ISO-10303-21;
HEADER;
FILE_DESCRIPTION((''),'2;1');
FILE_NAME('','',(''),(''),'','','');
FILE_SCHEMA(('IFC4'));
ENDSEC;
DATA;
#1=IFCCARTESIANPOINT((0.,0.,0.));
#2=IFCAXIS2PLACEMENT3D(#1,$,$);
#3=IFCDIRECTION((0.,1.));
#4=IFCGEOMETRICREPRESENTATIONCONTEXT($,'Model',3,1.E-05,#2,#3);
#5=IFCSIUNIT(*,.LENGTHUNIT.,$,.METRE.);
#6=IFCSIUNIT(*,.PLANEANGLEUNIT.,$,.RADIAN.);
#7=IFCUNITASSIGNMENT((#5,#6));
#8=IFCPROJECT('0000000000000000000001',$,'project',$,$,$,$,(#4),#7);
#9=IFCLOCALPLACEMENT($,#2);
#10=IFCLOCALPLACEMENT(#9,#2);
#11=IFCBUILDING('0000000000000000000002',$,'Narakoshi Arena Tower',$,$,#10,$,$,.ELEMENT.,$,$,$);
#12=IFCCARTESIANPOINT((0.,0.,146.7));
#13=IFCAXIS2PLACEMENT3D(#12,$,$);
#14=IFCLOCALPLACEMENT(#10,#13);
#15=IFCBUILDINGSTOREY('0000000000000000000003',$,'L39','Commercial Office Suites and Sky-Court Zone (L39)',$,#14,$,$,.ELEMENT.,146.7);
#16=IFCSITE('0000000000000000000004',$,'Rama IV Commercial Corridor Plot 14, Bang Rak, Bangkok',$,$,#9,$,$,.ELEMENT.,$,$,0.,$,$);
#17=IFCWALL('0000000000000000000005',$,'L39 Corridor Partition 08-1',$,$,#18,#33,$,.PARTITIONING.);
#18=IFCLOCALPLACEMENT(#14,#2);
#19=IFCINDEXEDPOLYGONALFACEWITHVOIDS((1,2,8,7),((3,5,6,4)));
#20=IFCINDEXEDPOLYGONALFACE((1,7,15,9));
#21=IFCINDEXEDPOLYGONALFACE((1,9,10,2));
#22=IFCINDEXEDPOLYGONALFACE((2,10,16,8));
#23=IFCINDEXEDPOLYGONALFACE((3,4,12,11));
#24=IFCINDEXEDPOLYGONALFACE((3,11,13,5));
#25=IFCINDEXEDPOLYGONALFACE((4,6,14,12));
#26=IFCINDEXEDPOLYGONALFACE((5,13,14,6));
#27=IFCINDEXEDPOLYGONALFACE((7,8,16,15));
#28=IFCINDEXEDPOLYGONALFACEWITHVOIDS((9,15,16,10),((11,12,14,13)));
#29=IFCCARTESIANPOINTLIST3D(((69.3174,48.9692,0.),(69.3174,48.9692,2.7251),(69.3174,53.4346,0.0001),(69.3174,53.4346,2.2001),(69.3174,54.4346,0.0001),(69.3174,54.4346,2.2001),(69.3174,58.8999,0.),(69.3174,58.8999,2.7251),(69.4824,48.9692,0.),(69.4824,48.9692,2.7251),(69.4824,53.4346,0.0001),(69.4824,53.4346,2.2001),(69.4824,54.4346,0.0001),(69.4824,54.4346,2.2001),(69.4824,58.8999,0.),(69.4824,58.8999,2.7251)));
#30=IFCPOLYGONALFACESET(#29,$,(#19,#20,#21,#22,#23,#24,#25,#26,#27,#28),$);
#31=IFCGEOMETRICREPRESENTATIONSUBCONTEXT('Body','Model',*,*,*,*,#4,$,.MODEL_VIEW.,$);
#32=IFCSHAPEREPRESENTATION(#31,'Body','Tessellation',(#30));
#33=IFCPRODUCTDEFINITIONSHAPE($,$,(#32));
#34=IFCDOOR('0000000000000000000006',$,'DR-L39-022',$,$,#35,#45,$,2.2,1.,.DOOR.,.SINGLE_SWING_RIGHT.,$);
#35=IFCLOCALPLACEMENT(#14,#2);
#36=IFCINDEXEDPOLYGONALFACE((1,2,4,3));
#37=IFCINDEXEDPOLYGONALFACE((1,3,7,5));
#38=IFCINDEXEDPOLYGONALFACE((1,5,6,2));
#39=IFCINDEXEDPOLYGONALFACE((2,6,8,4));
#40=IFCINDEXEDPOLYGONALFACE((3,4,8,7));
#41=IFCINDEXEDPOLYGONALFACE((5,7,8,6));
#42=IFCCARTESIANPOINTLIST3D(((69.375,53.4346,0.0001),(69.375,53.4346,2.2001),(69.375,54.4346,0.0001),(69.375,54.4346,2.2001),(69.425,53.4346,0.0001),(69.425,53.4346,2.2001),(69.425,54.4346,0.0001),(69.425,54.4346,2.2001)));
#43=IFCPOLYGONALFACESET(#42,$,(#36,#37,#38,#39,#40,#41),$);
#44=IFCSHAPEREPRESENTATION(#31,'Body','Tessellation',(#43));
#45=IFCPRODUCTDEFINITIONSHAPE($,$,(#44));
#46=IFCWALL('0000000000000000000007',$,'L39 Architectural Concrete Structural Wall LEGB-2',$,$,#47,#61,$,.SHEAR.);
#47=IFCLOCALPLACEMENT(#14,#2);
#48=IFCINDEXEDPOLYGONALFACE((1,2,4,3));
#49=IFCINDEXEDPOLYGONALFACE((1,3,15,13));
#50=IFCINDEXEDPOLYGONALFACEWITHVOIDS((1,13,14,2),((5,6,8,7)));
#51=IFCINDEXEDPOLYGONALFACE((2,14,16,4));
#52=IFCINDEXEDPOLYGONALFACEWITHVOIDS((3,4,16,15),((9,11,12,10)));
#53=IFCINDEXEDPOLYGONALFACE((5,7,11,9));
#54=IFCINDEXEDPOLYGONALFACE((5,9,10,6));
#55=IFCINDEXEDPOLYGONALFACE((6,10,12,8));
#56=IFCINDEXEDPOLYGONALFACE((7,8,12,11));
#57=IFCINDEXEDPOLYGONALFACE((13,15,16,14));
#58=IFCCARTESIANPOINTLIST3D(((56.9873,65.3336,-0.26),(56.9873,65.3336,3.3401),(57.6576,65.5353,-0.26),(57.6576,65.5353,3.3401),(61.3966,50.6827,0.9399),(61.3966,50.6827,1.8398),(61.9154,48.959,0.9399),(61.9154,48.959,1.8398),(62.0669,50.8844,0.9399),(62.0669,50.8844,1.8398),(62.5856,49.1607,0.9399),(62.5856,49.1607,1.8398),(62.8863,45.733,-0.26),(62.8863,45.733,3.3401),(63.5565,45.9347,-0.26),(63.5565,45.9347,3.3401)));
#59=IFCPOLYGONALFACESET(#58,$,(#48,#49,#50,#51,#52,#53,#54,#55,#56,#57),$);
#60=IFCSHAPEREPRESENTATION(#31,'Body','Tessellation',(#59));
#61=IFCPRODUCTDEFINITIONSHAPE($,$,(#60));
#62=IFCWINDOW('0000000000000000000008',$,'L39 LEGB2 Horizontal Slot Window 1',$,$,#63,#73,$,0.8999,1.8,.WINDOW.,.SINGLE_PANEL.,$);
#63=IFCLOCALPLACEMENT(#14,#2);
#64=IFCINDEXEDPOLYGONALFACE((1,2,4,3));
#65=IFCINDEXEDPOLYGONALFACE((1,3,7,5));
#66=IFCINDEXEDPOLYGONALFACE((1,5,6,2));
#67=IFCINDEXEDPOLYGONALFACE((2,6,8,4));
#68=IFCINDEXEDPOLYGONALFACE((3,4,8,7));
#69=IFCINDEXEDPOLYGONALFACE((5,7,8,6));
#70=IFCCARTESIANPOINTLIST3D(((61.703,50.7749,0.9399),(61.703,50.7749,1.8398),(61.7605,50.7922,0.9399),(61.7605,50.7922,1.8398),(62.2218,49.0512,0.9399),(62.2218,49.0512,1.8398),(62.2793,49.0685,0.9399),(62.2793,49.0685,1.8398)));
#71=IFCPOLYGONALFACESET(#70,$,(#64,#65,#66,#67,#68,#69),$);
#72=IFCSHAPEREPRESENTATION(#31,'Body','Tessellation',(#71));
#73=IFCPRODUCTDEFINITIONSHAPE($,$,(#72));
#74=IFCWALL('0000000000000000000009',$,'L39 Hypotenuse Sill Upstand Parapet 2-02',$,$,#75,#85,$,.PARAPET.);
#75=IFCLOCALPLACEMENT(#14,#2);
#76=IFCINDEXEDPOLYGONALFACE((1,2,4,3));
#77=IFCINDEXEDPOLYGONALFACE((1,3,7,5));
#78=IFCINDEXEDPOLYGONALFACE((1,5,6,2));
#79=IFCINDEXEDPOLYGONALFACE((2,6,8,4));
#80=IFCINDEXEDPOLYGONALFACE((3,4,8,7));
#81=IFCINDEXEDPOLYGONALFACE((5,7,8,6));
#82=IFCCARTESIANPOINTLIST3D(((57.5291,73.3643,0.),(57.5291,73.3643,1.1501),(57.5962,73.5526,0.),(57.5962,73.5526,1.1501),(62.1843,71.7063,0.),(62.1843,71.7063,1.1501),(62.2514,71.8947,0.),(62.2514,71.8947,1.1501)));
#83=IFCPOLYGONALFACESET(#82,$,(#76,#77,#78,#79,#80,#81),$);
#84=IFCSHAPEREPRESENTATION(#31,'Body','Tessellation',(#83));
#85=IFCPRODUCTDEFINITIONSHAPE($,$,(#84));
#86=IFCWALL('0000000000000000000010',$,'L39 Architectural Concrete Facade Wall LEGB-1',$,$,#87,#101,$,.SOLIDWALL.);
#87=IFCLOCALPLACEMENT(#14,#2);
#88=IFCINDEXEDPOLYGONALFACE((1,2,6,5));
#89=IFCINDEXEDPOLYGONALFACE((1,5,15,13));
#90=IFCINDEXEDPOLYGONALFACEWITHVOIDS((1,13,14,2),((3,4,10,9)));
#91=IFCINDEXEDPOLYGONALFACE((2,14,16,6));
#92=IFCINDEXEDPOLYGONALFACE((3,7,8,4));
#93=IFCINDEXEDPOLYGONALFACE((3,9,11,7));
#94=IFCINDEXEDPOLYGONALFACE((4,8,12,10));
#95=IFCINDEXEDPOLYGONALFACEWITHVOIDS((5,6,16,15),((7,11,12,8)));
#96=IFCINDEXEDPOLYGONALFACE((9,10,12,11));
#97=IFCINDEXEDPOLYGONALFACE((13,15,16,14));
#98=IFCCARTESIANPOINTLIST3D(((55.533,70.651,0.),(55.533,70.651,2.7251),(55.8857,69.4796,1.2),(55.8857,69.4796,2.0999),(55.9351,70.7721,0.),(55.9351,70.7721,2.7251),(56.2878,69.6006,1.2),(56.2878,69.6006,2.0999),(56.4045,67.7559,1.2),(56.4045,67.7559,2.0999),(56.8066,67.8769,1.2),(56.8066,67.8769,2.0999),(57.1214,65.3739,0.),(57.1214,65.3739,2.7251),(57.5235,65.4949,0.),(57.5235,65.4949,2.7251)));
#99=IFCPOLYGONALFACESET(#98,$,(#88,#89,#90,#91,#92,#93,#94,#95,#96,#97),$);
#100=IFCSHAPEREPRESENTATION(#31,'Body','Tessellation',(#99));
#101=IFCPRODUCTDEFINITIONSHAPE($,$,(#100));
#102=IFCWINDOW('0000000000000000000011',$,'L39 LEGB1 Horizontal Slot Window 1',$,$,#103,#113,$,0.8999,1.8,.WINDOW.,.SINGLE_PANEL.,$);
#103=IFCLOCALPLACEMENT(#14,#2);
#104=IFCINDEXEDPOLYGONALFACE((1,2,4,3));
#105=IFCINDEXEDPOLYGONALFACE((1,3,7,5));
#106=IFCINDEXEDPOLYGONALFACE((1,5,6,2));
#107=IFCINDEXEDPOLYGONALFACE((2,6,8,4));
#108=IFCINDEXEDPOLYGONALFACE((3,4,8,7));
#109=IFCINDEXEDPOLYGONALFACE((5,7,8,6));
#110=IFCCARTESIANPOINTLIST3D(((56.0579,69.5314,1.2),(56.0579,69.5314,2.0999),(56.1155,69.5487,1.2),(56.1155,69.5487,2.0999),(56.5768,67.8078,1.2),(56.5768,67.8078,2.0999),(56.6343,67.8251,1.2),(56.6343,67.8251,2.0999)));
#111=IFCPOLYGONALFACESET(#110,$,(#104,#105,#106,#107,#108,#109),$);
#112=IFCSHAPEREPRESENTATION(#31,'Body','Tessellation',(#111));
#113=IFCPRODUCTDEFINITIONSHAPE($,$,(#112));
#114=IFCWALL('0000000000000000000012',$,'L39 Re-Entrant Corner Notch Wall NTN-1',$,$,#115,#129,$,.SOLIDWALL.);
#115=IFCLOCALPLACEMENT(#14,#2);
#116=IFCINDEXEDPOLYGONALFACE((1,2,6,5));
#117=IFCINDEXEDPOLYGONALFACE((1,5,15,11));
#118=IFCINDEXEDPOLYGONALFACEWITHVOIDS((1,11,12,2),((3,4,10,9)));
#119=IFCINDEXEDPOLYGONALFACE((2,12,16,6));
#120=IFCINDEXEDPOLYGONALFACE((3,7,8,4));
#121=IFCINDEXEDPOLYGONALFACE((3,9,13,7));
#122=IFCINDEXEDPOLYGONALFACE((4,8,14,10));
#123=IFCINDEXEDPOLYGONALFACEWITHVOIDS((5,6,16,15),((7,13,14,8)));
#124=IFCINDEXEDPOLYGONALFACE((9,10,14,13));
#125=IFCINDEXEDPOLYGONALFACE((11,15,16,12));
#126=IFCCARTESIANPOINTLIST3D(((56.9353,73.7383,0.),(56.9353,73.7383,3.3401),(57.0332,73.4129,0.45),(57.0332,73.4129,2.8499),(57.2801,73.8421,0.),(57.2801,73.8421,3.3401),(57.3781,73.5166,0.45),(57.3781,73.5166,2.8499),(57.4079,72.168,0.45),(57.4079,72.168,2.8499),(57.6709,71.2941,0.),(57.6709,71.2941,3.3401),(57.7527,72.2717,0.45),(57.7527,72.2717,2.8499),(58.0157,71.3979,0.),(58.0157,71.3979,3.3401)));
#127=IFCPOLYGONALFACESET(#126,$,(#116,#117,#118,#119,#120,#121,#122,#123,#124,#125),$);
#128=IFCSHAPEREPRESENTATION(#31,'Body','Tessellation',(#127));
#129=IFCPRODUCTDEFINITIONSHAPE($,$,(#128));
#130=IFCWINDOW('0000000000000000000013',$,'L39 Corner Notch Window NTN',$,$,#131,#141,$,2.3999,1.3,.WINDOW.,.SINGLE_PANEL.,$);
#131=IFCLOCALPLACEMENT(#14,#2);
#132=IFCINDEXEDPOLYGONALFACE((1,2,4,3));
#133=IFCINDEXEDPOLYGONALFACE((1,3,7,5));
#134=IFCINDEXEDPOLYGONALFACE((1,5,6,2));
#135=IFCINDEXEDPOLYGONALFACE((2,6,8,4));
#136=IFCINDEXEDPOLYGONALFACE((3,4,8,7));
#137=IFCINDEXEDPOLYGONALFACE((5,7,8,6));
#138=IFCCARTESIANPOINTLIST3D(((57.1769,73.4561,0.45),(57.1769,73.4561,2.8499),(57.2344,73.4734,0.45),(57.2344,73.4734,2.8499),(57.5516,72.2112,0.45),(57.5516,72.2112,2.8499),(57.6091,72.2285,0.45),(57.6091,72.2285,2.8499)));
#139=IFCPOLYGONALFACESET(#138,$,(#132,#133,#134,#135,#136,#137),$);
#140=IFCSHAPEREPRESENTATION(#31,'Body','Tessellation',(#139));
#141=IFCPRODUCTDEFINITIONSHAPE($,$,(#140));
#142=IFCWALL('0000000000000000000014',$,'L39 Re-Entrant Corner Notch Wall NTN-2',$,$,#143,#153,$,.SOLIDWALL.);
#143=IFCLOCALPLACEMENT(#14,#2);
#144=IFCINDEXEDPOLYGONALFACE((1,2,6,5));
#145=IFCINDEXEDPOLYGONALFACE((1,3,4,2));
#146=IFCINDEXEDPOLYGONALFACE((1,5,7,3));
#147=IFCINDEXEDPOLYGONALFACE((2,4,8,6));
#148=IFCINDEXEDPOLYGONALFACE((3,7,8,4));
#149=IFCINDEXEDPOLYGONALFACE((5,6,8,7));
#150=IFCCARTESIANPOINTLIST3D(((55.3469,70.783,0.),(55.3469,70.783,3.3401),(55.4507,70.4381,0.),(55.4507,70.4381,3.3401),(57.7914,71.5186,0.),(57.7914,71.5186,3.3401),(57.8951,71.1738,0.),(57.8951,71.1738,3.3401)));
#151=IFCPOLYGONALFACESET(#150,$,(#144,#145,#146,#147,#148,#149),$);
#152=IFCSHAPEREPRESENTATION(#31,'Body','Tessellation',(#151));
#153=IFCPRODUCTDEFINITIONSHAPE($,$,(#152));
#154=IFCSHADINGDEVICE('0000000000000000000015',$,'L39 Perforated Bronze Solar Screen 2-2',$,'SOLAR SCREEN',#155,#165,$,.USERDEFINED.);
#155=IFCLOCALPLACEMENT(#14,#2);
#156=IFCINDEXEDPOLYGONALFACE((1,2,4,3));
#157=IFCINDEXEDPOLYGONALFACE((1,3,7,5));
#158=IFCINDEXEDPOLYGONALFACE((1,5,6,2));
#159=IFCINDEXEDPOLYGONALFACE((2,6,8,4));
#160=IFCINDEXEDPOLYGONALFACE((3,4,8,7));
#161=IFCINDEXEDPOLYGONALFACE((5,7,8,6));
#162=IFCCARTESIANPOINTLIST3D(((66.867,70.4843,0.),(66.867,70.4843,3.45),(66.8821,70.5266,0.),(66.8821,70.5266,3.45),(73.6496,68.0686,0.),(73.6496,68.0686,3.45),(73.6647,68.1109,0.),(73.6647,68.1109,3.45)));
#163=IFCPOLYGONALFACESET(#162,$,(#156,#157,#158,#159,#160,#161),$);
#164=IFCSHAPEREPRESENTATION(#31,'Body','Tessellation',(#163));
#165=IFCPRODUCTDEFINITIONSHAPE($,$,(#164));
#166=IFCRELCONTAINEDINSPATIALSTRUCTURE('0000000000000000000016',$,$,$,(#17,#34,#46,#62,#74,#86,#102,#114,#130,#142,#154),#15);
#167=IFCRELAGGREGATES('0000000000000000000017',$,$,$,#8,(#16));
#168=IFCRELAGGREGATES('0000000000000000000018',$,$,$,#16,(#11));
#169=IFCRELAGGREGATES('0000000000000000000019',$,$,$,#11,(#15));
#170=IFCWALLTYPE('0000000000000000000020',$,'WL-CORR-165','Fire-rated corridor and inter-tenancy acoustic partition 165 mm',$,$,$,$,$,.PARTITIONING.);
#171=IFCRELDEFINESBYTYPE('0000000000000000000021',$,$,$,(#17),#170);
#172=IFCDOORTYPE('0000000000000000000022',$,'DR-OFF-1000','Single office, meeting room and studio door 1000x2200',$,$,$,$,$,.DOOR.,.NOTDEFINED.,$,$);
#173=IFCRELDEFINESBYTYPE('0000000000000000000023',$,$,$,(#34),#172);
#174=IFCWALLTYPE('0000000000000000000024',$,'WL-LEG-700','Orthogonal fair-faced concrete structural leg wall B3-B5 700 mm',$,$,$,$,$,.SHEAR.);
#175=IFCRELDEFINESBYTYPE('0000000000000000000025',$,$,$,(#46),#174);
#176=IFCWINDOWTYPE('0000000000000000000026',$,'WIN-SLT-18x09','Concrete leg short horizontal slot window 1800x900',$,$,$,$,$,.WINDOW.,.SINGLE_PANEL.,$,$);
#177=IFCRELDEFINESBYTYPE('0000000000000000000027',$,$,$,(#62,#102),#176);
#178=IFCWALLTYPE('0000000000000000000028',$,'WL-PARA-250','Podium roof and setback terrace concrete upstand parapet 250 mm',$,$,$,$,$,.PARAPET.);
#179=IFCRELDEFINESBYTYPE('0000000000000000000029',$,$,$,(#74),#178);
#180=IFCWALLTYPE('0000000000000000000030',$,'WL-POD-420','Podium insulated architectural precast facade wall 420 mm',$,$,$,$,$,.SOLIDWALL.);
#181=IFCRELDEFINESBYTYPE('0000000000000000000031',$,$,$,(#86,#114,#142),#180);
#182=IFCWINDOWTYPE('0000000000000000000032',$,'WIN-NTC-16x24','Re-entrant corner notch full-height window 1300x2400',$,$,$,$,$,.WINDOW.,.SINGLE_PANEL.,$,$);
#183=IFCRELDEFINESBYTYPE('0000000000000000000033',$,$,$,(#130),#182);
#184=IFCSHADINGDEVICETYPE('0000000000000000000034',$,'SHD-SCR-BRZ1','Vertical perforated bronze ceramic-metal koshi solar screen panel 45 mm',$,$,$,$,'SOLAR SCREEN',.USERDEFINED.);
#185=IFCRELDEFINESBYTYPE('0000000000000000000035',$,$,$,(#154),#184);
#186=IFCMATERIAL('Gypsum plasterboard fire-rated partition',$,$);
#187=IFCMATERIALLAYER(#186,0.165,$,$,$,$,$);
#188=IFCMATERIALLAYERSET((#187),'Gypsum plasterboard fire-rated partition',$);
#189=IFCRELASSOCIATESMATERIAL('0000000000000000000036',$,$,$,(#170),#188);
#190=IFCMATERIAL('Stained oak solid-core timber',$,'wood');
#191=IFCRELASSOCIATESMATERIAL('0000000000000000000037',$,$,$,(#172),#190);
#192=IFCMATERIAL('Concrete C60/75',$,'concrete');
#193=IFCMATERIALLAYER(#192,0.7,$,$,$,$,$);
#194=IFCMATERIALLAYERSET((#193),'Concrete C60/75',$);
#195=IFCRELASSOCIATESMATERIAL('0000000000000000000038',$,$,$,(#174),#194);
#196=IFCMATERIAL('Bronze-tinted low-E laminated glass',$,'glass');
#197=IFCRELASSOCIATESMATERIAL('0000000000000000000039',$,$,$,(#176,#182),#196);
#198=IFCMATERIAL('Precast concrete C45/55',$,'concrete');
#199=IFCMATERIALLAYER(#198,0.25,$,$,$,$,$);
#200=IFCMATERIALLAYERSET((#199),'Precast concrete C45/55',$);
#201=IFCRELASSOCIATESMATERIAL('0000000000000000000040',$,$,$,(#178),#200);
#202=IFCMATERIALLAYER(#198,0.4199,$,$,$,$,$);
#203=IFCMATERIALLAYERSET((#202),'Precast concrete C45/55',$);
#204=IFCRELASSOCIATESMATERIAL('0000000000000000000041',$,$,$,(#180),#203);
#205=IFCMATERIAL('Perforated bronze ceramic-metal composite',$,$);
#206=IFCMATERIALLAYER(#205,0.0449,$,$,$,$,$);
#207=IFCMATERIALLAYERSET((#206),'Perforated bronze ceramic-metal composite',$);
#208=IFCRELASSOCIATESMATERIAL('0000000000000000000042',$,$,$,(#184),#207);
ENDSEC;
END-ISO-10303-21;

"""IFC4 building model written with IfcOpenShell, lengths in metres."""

from ifc_helpers import new_model, si_unit, direction, frame, frame_2d, origin, origin_2d, place, context, subcontext, project, spatial, rectangle, extrude, material, layer, layer_set, type_object, element, fill, save


model = new_model("IFC4")

# Units and contexts
model_context = context("Model", 3, precision=1e-05, world=origin(), true_north=direction((0.0, 1.0)))
body_context = subcontext(model_context, "Body", "Model", "MODEL_VIEW")
ifc_project = project(units=[si_unit("LENGTHUNIT", "METRE"), si_unit("PLANEANGLEUNIT", "RADIAN")], contexts=[model_context])

# Site, building, storey
site_placement = place(None, origin())
site = spatial("IfcSite", under=ifc_project, at=site_placement, Name="Rama IV Commercial Corridor Plot 14, Bang Rak, Bangkok", CompositionType="ELEMENT", RefElevation=0.0)
building_placement = place(site_placement, origin())
building = spatial("IfcBuilding", under=site, at=building_placement, Name="Narakoshi Arena Tower", CompositionType="ELEMENT")
storey_placement = place(building_placement, frame((0.0, 0.0, 146.7)))
storey = spatial("IfcBuildingStorey", under=building, at=storey_placement, Name="L39", Description="Commercial Office Suites and Sky-Court Zone (L39)", CompositionType="ELEMENT", Elevation=146.7)

# Shared definitions
ifc_material_1 = material(Name="Concrete C60/75", Category="concrete")

# Shared definitions
ifc_material_2 = material(Name="Bronze-tinted low-E laminated glass", Category="glass")

# Wall, opening, door
ifc_material_3 = material(Name="Gypsum plasterboard fire-rated partition")
ifc_layer_1 = layer(ifc_material_3, 0.165)
ifc_layer_set_1 = layer_set([ifc_layer_1], Name="Gypsum plasterboard fire-rated partition")
wall_type_1 = type_object("IfcWallType", Name="WL-CORR-165", Description="Fire-rated corridor and inter-tenancy acoustic partition 165 mm", PredefinedType="PARTITIONING", material=ifc_layer_set_1)
wall_1_placement = place(storey_placement, frame((69.3999, 58.8999, 0.0), z_axis=(0.0, 0.0, 1.0), x_axis=(0.0, -1.0, 0.0)))
wall_1 = element("IfcWall", 1, at=wall_1_placement, inside=storey, type_object=wall_type_1, Name="L39 Corridor Partition 08-1", PredefinedType="PARTITIONING", context=body_context, shape_type="SweptSolid", body=[
    extrude(rectangle(XDim=9.9307, YDim=0.165, at=frame_2d((4.9653, 0.0))), origin(), (0.0, 0.0, 1.0), 2.7251),
])
opening_1_placement = place(wall_1_placement, frame((4.4653, 0.0, 0.0)))
opening_1 = element("IfcOpeningElement", 2, at=opening_1_placement, cuts=wall_1, PredefinedType="OPENING", context=body_context, shape_type="SweptSolid", body=[
    extrude(rectangle(XDim=1.0, YDim=2.2, at=frame_2d((0.5, 1.1001))), frame((0.0, 0.0925, 0.0), z_axis=(0.0, -1.0, 0.0), x_axis=(1.0, 0.0, 0.0)), (0.0, 0.0, 1.0), 0.1851),
])
ifc_material_4 = material(Name="Stained oak solid-core timber", Category="wood")
door_type = type_object("IfcDoorType", Name="DR-OFF-1000", Description="Single office, meeting room and studio door 1000x2200", OperationType="NOTDEFINED", PredefinedType="DOOR", material=ifc_material_4)
door_placement = place(opening_1_placement, frame((1.0, 0.0, 0.0), z_axis=(0.0, 0.0, 1.0), x_axis=(-1.0, 0.0, 0.0)))
door = element("IfcDoor", 3, at=door_placement, inside=storey, type_object=door_type, Name="DR-L39-022", OperationType="SINGLE_SWING_RIGHT", OverallHeight=2.2, OverallWidth=1.0, PredefinedType="DOOR", context=body_context, shape_type="SweptSolid", body=[
    extrude(rectangle(XDim=1.0, YDim=2.2, at=frame_2d((0.5, 1.1001))), frame((0.0, 0.0249, 0.0), z_axis=(0.0, -1.0, 0.0), x_axis=(1.0, 0.0, 0.0)), (0.0, 0.0, 1.0), 0.05),
])
fill(opening_1, door)

# Wall, opening, window
ifc_layer_2 = layer(ifc_material_1, 0.7)
ifc_layer_set_2 = layer_set([ifc_layer_2], Name="Concrete C60/75")
wall_type_2 = type_object("IfcWallType", Name="WL-LEG-700", Description="Orthogonal fair-faced concrete structural leg wall B3-B5 700 mm", PredefinedType="SHEAR", material=ifc_layer_set_2)
wall_2_placement = place(storey_placement, frame((57.3225, 65.4343, -0.26), z_axis=(0.0, 0.0, 1.0), x_axis=(0.288188, -0.957574, 0.0)))
wall_2 = element("IfcWall", 4, at=wall_2_placement, inside=storey, type_object=wall_type_2, Name="L39 Architectural Concrete Structural Wall LEGB-2", PredefinedType="SHEAR", context=body_context, shape_type="SweptSolid", body=[
    extrude(rectangle(XDim=20.469, YDim=0.7, at=frame_2d((10.2344, 0.0))), origin(), (0.0, 0.0, 1.0), 3.6001),
])
opening_2_placement = place(wall_2_placement, frame((15.3, 0.0, 1.2)))
opening_2 = element("IfcOpeningElement", 5, at=opening_2_placement, cuts=wall_2, PredefinedType="OPENING", context=body_context, shape_type="SweptSolid", body=[
    extrude(rectangle(XDim=1.8, YDim=0.8999, at=frame_2d((0.8999, 0.45))), frame((0.0, 0.3599, 0.0), z_axis=(0.0, -1.0, 0.0), x_axis=(1.0, 0.0, 0.0)), (0.0, 0.0, 1.0), 0.72),
])
window_type_1 = type_object("IfcWindowType", Name="WIN-SLT-18x09", Description="Concrete leg short horizontal slot window 1800x900", PartitioningType="SINGLE_PANEL", PredefinedType="WINDOW", material=ifc_material_2)
window_1_placement = place(opening_2_placement, origin())
window_1 = element("IfcWindow", 6, at=window_1_placement, inside=storey, type_object=window_type_1, Name="L39 LEGB2 Horizontal Slot Window 1", OverallHeight=0.8999, OverallWidth=1.8, PartitioningType="SINGLE_PANEL", PredefinedType="WINDOW", context=body_context, shape_type="SweptSolid", body=[
    extrude(rectangle(XDim=1.8, YDim=0.8999, at=frame_2d((0.8999, 0.45))), frame((0.0, 0.03, 0.0), z_axis=(0.0, -1.0, 0.0), x_axis=(1.0, 0.0, 0.0)), (0.0, 0.0, 1.0), 0.0601),
])
fill(opening_2, window_1)

# Wall
ifc_material_5 = material(Name="Precast concrete C45/55", Category="concrete")
ifc_layer_3 = layer(ifc_material_5, 0.25)
ifc_layer_set_3 = layer_set([ifc_layer_3], Name="Precast concrete C45/55")
wall_type_3 = type_object("IfcWallType", Name="WL-PARA-250", Description="Podium roof and setback terrace concrete upstand parapet 250 mm", PredefinedType="PARAPET", material=ifc_layer_set_3)
wall_3_placement = place(storey_placement, frame((62.2178, 71.8005, 0.0), z_axis=(0.0, 0.0, 1.0), x_axis=(-0.942039, 0.335504, 0.0)))
element("IfcWall", 7, at=wall_3_placement, inside=storey, type_object=wall_type_3, Name="L39 Hypotenuse Sill Upstand Parapet 2-02", PredefinedType="PARAPET", context=body_context, shape_type="SweptSolid", body=[
    extrude(rectangle(XDim=4.9417, YDim=0.2, at=frame_2d((2.4707, 0.0))), origin(), (0.0, 0.0, 1.0), 1.1501),
])

# Walls, openings, windows
ifc_layer_4 = layer(ifc_material_5, 0.4199)
ifc_layer_set_4 = layer_set([ifc_layer_4], Name="Precast concrete C45/55")
wall_type_4 = type_object("IfcWallType", Name="WL-POD-420", Description="Podium insulated architectural precast facade wall 420 mm", PredefinedType="SOLIDWALL", material=ifc_layer_set_4)
wall_4_placement = place(storey_placement, frame((55.7341, 70.7114, 0.0), z_axis=(0.0, 0.0, 1.0), x_axis=(0.288222, -0.957564, 0.0)))
wall_4 = element("IfcWall", 8, at=wall_4_placement, inside=storey, type_object=wall_type_4, Name="L39 Architectural Concrete Facade Wall LEGB-1", PredefinedType="SOLIDWALL", context=body_context, shape_type="SweptSolid", body=[
    extrude(rectangle(XDim=5.511, YDim=0.4199, at=frame_2d((2.7554, 0.0))), origin(), (0.0, 0.0, 1.0), 2.7251),
])
opening_3_placement = place(wall_4_placement, frame((1.2234, 0.0, 1.2)))
opening_3 = element("IfcOpeningElement", 9, at=opening_3_placement, cuts=wall_4, PredefinedType="OPENING", context=body_context, shape_type="SweptSolid", body=[
    extrude(rectangle(XDim=1.8, YDim=0.8999, at=frame_2d((0.8999, 0.45))), frame((0.0, 0.22, 0.0), z_axis=(0.0, -1.0, 0.0), x_axis=(1.0, 0.0, 0.0)), (0.0, 0.0, 1.0), 0.4399),
])
window_2_placement = place(opening_3_placement, origin())
window_2 = element("IfcWindow", 10, at=window_2_placement, inside=storey, type_object=window_type_1, Name="L39 LEGB1 Horizontal Slot Window 1", OverallHeight=0.8999, OverallWidth=1.8, PartitioningType="SINGLE_PANEL", PredefinedType="WINDOW", context=body_context, shape_type="SweptSolid", body=[
    extrude(rectangle(XDim=1.8, YDim=0.8999, at=frame_2d((0.8999, 0.45))), frame((0.0, 0.03, 0.0), z_axis=(0.0, -1.0, 0.0), x_axis=(1.0, 0.0, 0.0)), (0.0, 0.0, 1.0), 0.0601),
])
fill(opening_3, window_2)
wall_5_placement = place(storey_placement, frame((57.1077, 73.7903, 0.0), z_axis=(0.0, 0.0, 1.0), x_axis=(0.288199, -0.957571, 0.0)))
wall_5 = element("IfcWall", 11, at=wall_5_placement, inside=storey, type_object=wall_type_4, Name="L39 Re-Entrant Corner Notch Wall NTN-1", PredefinedType="SOLIDWALL", context=body_context, shape_type="SweptSolid", body=[
    extrude(rectangle(XDim=2.5525, YDim=0.3601, at=frame_2d((1.2764, 0.0))), origin(), (0.0, 0.0, 1.0), 3.3401),
])
opening_4_placement = place(wall_5_placement, frame((0.3401, 0.0, 0.45)))
opening_4 = element("IfcOpeningElement", 12, at=opening_4_placement, cuts=wall_5, PredefinedType="OPENING", context=body_context, shape_type="SweptSolid", body=[
    extrude(rectangle(XDim=1.3, YDim=2.3999, at=frame_2d((0.6499, 1.2))), frame((0.0, 0.1899, 0.0), z_axis=(0.0, -1.0, 0.0), x_axis=(1.0, 0.0, 0.0)), (0.0, 0.0, 1.0), 0.3801),
])
window_type_2 = type_object("IfcWindowType", Name="WIN-NTC-16x24", Description="Re-entrant corner notch full-height window 1300x2400", PartitioningType="SINGLE_PANEL", PredefinedType="WINDOW", material=ifc_material_2)
window_3_placement = place(opening_4_placement, origin())
window_3 = element("IfcWindow", 13, at=window_3_placement, inside=storey, type_object=window_type_2, Name="L39 Corner Notch Window NTN", OverallHeight=2.3999, OverallWidth=1.3, PartitioningType="SINGLE_PANEL", PredefinedType="WINDOW", context=body_context, shape_type="SweptSolid", body=[
    extrude(rectangle(XDim=1.3, YDim=2.3999, at=frame_2d((0.6499, 1.2))), frame((0.0, 0.03, 0.0), z_axis=(0.0, -1.0, 0.0), x_axis=(1.0, 0.0, 0.0)), (0.0, 0.0, 1.0), 0.0601),
])
fill(opening_4, window_3)

# Wall
wall_6_placement = place(storey_placement, frame((57.8433, 71.3462, 0.0), z_axis=(0.0, 0.0, 1.0), x_axis=(-0.957578, -0.288173, 0.0)))
element("IfcWall", 14, at=wall_6_placement, inside=storey, type_object=wall_type_4, Name="L39 Re-Entrant Corner Notch Wall NTN-2", PredefinedType="SOLIDWALL", context=body_context, shape_type="SweptSolid", body=[
    extrude(rectangle(XDim=2.5527, YDim=0.3601, at=frame_2d((1.2764, 0.0))), origin(), (0.0, 0.0, 1.0), 3.3401),
])

# Shading device
ifc_material_6 = material(Name="Perforated bronze ceramic-metal composite")
ifc_layer_5 = layer(ifc_material_6, 0.0449)
ifc_layer_set_5 = layer_set([ifc_layer_5], Name="Perforated bronze ceramic-metal composite")
shading_device_type = type_object("IfcShadingDeviceType", Name="SHD-SCR-BRZ1", Description="Vertical perforated bronze ceramic-metal koshi solar screen panel 45 mm", ElementType="SOLAR SCREEN", PredefinedType="USERDEFINED", material=ifc_layer_set_5)
shading_device_placement = place(storey_placement, frame((70.2659, 69.2976, 0.0), z_axis=(0.0, 0.0, 1.0), x_axis=(-0.942034, 0.335517, 0.0)))
element("IfcShadingDevice", 15, at=shading_device_placement, inside=storey, type_object=shading_device_type, Name="L39 Perforated Bronze Solar Screen 2-2", ObjectType="SOLAR SCREEN", PredefinedType="USERDEFINED", context=body_context, shape_type="SweptSolid", body=[
    extrude(rectangle(XDim=7.2, YDim=0.0449, at=origin_2d()), origin(), (0.0, 0.0, 1.0), 3.45),
])

save(model, "model.ifc")
